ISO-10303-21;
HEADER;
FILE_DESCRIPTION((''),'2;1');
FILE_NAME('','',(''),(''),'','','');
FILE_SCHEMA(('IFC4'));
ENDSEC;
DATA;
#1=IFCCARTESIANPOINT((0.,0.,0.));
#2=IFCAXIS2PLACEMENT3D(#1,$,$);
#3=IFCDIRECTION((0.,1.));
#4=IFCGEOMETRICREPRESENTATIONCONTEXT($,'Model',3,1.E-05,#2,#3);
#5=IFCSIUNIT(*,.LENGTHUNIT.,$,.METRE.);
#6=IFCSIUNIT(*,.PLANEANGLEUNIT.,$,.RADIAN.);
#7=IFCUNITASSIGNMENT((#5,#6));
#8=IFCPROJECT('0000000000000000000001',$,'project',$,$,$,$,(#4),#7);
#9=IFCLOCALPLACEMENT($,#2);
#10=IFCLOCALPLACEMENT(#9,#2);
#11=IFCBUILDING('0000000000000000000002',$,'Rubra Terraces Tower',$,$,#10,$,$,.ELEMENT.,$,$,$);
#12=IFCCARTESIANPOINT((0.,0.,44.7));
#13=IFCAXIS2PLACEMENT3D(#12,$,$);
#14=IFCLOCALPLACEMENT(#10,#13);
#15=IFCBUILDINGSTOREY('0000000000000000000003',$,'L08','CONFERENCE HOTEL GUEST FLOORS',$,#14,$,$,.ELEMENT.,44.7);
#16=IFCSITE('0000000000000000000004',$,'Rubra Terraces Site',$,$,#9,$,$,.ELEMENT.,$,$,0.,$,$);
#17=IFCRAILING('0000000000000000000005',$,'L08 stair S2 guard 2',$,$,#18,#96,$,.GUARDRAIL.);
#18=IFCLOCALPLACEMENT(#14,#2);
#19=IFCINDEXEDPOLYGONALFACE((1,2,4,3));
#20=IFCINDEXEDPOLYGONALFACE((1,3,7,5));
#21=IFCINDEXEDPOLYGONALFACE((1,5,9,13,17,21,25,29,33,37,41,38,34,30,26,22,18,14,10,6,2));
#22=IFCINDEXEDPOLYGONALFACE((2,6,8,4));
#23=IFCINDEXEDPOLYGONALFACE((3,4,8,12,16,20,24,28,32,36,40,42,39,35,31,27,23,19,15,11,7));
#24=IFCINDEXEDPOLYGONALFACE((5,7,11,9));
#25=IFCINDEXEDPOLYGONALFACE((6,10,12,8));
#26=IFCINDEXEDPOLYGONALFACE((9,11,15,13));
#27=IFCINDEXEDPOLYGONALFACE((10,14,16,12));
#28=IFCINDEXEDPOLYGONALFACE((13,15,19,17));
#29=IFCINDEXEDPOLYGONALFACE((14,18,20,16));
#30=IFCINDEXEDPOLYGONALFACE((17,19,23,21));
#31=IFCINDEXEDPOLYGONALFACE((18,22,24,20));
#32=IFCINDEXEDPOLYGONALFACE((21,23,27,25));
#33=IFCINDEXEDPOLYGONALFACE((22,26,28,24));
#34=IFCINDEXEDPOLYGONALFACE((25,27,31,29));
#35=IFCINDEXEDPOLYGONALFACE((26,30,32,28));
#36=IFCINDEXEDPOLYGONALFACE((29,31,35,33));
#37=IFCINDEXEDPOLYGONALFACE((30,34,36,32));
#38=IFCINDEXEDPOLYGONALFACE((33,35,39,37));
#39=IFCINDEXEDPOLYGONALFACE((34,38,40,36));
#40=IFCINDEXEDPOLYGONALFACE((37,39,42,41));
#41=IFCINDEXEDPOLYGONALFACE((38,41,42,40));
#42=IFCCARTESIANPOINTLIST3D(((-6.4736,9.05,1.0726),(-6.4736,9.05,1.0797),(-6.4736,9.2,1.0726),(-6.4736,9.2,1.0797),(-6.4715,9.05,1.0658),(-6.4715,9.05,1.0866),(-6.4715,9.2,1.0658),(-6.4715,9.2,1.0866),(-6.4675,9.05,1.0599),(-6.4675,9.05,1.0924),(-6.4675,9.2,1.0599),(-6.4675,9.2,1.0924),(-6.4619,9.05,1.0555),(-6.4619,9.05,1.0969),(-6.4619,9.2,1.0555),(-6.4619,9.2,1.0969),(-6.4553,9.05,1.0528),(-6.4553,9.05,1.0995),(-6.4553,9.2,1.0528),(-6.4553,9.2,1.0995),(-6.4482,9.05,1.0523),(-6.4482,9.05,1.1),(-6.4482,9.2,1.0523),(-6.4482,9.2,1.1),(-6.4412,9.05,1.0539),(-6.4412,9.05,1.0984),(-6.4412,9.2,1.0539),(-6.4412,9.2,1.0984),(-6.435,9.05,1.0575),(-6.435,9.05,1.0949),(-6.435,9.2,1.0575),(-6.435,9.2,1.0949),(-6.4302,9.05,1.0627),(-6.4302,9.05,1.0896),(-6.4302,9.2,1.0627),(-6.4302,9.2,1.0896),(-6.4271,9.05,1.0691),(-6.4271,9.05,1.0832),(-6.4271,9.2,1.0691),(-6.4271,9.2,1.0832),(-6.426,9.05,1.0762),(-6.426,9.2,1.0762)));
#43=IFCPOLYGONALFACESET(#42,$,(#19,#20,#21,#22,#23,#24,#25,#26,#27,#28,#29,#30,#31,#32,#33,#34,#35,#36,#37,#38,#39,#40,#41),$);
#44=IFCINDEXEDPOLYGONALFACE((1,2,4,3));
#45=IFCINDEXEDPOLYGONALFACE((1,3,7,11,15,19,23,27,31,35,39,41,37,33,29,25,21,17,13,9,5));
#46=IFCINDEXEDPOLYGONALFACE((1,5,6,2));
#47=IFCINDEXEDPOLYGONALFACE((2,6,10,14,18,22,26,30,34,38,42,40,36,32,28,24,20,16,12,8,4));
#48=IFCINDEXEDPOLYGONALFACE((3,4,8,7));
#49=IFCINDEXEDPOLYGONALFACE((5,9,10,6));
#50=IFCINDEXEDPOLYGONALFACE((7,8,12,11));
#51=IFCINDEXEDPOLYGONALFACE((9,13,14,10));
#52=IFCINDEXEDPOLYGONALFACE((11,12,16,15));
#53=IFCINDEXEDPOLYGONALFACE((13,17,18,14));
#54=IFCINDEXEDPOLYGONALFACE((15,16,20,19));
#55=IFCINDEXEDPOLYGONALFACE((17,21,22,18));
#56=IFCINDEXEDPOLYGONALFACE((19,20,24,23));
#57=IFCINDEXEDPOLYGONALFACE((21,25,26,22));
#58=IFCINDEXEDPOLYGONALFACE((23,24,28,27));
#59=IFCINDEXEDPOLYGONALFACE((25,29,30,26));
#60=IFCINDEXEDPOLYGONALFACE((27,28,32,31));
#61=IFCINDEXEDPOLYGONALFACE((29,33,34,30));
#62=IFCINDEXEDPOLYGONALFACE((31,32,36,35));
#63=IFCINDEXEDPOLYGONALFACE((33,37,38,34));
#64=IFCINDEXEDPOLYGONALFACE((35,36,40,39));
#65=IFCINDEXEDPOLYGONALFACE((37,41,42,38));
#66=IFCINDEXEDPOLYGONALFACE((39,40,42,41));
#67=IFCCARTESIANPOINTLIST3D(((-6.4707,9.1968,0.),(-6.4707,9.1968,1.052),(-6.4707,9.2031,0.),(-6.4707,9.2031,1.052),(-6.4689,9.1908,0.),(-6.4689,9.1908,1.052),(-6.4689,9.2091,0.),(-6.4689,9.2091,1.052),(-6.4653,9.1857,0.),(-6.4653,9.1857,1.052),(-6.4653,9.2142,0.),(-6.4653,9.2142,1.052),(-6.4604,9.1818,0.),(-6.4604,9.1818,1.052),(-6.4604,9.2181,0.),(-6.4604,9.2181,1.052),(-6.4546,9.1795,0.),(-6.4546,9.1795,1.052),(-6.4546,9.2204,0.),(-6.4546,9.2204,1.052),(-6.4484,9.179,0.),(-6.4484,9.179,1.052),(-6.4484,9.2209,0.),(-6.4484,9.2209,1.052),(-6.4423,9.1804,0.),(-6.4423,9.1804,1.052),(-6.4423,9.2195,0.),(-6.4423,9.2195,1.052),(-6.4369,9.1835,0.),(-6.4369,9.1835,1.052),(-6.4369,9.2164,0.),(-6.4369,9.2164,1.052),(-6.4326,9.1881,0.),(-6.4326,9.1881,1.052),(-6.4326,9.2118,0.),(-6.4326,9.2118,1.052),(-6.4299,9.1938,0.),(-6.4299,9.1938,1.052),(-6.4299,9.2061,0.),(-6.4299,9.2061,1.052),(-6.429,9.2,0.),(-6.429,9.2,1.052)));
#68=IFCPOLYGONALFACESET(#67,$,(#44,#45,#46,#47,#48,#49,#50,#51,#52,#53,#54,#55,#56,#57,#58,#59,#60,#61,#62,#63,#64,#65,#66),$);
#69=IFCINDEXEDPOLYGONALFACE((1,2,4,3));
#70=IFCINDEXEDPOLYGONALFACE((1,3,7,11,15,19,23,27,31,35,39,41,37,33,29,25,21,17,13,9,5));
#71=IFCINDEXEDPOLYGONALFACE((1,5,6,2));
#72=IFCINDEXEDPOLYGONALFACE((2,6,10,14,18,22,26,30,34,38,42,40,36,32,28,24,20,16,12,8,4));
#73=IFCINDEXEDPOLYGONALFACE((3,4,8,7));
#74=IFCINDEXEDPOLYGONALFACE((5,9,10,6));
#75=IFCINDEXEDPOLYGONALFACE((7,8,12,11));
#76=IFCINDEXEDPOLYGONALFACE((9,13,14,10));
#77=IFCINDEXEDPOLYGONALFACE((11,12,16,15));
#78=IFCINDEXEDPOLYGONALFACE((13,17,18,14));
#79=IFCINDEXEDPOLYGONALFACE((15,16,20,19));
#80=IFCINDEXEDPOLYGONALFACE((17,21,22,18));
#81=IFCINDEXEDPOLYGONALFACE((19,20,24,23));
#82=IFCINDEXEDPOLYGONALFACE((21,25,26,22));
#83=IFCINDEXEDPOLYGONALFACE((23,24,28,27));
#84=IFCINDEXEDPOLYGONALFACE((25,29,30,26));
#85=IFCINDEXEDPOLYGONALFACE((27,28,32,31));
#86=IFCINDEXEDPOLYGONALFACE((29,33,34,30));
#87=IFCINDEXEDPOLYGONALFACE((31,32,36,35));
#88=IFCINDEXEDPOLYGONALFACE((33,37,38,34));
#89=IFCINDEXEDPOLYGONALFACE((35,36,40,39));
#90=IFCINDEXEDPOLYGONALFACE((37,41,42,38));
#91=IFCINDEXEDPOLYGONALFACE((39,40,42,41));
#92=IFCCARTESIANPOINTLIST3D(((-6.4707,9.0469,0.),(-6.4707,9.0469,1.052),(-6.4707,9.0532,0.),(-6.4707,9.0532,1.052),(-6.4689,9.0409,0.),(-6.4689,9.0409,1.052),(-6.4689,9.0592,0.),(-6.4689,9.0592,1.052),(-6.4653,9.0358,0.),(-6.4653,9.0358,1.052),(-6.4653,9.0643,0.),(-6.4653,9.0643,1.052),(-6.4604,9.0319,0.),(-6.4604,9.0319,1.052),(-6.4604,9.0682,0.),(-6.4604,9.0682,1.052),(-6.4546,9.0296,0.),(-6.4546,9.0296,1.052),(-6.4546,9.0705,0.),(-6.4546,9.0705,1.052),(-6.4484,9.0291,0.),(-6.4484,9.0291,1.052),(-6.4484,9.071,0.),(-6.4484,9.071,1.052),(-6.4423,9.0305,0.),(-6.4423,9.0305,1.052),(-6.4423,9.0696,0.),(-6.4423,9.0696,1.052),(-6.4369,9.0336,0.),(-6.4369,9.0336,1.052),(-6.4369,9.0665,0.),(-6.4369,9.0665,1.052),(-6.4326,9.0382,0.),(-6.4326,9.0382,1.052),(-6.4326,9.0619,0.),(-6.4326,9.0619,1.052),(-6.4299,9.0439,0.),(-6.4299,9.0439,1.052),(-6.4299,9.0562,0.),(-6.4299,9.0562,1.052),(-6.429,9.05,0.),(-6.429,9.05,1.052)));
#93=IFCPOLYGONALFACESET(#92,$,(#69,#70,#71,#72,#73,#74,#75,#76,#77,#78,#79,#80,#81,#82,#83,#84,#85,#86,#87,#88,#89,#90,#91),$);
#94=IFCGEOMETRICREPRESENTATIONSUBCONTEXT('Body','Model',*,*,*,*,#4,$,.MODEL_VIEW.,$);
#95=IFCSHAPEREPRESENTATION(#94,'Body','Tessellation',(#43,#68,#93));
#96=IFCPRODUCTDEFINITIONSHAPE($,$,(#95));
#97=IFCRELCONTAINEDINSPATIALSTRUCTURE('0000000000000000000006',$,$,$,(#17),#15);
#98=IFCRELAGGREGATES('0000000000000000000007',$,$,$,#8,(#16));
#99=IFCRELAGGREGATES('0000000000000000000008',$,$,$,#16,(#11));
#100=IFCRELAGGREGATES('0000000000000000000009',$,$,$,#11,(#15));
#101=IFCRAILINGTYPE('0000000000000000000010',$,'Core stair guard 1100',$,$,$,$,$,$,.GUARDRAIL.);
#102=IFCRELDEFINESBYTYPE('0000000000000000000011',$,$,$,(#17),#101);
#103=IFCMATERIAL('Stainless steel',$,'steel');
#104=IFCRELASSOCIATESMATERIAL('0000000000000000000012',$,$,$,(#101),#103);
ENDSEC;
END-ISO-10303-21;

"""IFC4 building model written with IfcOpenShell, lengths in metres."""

from ifc_helpers import new_model, si_unit, direction, frame, origin, origin_2d, place, context, subcontext, project, spatial, circle, extrude, material, type_object, element, save


model = new_model("IFC4")

# Units and contexts
model_context = context("Model", 3, precision=1e-05, world=origin(), true_north=direction((0.0, 1.0)))
body_context = subcontext(model_context, "Body", "Model", "MODEL_VIEW")
ifc_project = project(units=[si_unit("LENGTHUNIT", "METRE"), si_unit("PLANEANGLEUNIT", "RADIAN")], contexts=[model_context])

# Site, building, storey
site_placement = place(None, origin())
site = spatial("IfcSite", under=ifc_project, at=site_placement, Name="Rubra Terraces Site", CompositionType="ELEMENT", RefElevation=0.0)
building_placement = place(site_placement, origin())
building = spatial("IfcBuilding", under=site, at=building_placement, Name="Rubra Terraces Tower", CompositionType="ELEMENT")
storey_placement = place(building_placement, frame((0.0, 0.0, 44.7)))
storey = spatial("IfcBuildingStorey", under=building, at=storey_placement, Name="L08", Description="CONFERENCE HOTEL GUEST FLOORS", CompositionType="ELEMENT", Elevation=44.7)

# Railing
ifc_material_1 = material(Name="Stainless steel", Category="steel")
railing_type_1 = type_object("IfcRailingType", Name="Core stair guard 1100", PredefinedType="GUARDRAIL", material=ifc_material_1)
railing_1_placement = place(storey_placement, frame((-6.45, 9.2, 0.0)))
element("IfcRailing", 1, at=railing_1_placement, inside=storey, type_object=railing_type_1, Name="L08 stair S2 guard 2", PredefinedType="GUARDRAIL", context=body_context, shape_type="SweptSolid", body=[
    extrude(circle(Radius=0.0239, at=origin_2d()), frame((0.0, 0.0, 1.0762), z_axis=(0.0, -1.0, 0.0), x_axis=(1.0, 0.0, 0.0)), (0.0, 0.0, 1.0), 0.1499),
    extrude(circle(Radius=0.021, at=origin_2d()), origin(), (0.0, 0.0, 1.0), 1.052),
    extrude(circle(Radius=0.021, at=origin_2d()), frame((0.0, -0.1499, 0.0)), (0.0, 0.0, 1.0), 1.052),
])

save(model, "model.ifc")
